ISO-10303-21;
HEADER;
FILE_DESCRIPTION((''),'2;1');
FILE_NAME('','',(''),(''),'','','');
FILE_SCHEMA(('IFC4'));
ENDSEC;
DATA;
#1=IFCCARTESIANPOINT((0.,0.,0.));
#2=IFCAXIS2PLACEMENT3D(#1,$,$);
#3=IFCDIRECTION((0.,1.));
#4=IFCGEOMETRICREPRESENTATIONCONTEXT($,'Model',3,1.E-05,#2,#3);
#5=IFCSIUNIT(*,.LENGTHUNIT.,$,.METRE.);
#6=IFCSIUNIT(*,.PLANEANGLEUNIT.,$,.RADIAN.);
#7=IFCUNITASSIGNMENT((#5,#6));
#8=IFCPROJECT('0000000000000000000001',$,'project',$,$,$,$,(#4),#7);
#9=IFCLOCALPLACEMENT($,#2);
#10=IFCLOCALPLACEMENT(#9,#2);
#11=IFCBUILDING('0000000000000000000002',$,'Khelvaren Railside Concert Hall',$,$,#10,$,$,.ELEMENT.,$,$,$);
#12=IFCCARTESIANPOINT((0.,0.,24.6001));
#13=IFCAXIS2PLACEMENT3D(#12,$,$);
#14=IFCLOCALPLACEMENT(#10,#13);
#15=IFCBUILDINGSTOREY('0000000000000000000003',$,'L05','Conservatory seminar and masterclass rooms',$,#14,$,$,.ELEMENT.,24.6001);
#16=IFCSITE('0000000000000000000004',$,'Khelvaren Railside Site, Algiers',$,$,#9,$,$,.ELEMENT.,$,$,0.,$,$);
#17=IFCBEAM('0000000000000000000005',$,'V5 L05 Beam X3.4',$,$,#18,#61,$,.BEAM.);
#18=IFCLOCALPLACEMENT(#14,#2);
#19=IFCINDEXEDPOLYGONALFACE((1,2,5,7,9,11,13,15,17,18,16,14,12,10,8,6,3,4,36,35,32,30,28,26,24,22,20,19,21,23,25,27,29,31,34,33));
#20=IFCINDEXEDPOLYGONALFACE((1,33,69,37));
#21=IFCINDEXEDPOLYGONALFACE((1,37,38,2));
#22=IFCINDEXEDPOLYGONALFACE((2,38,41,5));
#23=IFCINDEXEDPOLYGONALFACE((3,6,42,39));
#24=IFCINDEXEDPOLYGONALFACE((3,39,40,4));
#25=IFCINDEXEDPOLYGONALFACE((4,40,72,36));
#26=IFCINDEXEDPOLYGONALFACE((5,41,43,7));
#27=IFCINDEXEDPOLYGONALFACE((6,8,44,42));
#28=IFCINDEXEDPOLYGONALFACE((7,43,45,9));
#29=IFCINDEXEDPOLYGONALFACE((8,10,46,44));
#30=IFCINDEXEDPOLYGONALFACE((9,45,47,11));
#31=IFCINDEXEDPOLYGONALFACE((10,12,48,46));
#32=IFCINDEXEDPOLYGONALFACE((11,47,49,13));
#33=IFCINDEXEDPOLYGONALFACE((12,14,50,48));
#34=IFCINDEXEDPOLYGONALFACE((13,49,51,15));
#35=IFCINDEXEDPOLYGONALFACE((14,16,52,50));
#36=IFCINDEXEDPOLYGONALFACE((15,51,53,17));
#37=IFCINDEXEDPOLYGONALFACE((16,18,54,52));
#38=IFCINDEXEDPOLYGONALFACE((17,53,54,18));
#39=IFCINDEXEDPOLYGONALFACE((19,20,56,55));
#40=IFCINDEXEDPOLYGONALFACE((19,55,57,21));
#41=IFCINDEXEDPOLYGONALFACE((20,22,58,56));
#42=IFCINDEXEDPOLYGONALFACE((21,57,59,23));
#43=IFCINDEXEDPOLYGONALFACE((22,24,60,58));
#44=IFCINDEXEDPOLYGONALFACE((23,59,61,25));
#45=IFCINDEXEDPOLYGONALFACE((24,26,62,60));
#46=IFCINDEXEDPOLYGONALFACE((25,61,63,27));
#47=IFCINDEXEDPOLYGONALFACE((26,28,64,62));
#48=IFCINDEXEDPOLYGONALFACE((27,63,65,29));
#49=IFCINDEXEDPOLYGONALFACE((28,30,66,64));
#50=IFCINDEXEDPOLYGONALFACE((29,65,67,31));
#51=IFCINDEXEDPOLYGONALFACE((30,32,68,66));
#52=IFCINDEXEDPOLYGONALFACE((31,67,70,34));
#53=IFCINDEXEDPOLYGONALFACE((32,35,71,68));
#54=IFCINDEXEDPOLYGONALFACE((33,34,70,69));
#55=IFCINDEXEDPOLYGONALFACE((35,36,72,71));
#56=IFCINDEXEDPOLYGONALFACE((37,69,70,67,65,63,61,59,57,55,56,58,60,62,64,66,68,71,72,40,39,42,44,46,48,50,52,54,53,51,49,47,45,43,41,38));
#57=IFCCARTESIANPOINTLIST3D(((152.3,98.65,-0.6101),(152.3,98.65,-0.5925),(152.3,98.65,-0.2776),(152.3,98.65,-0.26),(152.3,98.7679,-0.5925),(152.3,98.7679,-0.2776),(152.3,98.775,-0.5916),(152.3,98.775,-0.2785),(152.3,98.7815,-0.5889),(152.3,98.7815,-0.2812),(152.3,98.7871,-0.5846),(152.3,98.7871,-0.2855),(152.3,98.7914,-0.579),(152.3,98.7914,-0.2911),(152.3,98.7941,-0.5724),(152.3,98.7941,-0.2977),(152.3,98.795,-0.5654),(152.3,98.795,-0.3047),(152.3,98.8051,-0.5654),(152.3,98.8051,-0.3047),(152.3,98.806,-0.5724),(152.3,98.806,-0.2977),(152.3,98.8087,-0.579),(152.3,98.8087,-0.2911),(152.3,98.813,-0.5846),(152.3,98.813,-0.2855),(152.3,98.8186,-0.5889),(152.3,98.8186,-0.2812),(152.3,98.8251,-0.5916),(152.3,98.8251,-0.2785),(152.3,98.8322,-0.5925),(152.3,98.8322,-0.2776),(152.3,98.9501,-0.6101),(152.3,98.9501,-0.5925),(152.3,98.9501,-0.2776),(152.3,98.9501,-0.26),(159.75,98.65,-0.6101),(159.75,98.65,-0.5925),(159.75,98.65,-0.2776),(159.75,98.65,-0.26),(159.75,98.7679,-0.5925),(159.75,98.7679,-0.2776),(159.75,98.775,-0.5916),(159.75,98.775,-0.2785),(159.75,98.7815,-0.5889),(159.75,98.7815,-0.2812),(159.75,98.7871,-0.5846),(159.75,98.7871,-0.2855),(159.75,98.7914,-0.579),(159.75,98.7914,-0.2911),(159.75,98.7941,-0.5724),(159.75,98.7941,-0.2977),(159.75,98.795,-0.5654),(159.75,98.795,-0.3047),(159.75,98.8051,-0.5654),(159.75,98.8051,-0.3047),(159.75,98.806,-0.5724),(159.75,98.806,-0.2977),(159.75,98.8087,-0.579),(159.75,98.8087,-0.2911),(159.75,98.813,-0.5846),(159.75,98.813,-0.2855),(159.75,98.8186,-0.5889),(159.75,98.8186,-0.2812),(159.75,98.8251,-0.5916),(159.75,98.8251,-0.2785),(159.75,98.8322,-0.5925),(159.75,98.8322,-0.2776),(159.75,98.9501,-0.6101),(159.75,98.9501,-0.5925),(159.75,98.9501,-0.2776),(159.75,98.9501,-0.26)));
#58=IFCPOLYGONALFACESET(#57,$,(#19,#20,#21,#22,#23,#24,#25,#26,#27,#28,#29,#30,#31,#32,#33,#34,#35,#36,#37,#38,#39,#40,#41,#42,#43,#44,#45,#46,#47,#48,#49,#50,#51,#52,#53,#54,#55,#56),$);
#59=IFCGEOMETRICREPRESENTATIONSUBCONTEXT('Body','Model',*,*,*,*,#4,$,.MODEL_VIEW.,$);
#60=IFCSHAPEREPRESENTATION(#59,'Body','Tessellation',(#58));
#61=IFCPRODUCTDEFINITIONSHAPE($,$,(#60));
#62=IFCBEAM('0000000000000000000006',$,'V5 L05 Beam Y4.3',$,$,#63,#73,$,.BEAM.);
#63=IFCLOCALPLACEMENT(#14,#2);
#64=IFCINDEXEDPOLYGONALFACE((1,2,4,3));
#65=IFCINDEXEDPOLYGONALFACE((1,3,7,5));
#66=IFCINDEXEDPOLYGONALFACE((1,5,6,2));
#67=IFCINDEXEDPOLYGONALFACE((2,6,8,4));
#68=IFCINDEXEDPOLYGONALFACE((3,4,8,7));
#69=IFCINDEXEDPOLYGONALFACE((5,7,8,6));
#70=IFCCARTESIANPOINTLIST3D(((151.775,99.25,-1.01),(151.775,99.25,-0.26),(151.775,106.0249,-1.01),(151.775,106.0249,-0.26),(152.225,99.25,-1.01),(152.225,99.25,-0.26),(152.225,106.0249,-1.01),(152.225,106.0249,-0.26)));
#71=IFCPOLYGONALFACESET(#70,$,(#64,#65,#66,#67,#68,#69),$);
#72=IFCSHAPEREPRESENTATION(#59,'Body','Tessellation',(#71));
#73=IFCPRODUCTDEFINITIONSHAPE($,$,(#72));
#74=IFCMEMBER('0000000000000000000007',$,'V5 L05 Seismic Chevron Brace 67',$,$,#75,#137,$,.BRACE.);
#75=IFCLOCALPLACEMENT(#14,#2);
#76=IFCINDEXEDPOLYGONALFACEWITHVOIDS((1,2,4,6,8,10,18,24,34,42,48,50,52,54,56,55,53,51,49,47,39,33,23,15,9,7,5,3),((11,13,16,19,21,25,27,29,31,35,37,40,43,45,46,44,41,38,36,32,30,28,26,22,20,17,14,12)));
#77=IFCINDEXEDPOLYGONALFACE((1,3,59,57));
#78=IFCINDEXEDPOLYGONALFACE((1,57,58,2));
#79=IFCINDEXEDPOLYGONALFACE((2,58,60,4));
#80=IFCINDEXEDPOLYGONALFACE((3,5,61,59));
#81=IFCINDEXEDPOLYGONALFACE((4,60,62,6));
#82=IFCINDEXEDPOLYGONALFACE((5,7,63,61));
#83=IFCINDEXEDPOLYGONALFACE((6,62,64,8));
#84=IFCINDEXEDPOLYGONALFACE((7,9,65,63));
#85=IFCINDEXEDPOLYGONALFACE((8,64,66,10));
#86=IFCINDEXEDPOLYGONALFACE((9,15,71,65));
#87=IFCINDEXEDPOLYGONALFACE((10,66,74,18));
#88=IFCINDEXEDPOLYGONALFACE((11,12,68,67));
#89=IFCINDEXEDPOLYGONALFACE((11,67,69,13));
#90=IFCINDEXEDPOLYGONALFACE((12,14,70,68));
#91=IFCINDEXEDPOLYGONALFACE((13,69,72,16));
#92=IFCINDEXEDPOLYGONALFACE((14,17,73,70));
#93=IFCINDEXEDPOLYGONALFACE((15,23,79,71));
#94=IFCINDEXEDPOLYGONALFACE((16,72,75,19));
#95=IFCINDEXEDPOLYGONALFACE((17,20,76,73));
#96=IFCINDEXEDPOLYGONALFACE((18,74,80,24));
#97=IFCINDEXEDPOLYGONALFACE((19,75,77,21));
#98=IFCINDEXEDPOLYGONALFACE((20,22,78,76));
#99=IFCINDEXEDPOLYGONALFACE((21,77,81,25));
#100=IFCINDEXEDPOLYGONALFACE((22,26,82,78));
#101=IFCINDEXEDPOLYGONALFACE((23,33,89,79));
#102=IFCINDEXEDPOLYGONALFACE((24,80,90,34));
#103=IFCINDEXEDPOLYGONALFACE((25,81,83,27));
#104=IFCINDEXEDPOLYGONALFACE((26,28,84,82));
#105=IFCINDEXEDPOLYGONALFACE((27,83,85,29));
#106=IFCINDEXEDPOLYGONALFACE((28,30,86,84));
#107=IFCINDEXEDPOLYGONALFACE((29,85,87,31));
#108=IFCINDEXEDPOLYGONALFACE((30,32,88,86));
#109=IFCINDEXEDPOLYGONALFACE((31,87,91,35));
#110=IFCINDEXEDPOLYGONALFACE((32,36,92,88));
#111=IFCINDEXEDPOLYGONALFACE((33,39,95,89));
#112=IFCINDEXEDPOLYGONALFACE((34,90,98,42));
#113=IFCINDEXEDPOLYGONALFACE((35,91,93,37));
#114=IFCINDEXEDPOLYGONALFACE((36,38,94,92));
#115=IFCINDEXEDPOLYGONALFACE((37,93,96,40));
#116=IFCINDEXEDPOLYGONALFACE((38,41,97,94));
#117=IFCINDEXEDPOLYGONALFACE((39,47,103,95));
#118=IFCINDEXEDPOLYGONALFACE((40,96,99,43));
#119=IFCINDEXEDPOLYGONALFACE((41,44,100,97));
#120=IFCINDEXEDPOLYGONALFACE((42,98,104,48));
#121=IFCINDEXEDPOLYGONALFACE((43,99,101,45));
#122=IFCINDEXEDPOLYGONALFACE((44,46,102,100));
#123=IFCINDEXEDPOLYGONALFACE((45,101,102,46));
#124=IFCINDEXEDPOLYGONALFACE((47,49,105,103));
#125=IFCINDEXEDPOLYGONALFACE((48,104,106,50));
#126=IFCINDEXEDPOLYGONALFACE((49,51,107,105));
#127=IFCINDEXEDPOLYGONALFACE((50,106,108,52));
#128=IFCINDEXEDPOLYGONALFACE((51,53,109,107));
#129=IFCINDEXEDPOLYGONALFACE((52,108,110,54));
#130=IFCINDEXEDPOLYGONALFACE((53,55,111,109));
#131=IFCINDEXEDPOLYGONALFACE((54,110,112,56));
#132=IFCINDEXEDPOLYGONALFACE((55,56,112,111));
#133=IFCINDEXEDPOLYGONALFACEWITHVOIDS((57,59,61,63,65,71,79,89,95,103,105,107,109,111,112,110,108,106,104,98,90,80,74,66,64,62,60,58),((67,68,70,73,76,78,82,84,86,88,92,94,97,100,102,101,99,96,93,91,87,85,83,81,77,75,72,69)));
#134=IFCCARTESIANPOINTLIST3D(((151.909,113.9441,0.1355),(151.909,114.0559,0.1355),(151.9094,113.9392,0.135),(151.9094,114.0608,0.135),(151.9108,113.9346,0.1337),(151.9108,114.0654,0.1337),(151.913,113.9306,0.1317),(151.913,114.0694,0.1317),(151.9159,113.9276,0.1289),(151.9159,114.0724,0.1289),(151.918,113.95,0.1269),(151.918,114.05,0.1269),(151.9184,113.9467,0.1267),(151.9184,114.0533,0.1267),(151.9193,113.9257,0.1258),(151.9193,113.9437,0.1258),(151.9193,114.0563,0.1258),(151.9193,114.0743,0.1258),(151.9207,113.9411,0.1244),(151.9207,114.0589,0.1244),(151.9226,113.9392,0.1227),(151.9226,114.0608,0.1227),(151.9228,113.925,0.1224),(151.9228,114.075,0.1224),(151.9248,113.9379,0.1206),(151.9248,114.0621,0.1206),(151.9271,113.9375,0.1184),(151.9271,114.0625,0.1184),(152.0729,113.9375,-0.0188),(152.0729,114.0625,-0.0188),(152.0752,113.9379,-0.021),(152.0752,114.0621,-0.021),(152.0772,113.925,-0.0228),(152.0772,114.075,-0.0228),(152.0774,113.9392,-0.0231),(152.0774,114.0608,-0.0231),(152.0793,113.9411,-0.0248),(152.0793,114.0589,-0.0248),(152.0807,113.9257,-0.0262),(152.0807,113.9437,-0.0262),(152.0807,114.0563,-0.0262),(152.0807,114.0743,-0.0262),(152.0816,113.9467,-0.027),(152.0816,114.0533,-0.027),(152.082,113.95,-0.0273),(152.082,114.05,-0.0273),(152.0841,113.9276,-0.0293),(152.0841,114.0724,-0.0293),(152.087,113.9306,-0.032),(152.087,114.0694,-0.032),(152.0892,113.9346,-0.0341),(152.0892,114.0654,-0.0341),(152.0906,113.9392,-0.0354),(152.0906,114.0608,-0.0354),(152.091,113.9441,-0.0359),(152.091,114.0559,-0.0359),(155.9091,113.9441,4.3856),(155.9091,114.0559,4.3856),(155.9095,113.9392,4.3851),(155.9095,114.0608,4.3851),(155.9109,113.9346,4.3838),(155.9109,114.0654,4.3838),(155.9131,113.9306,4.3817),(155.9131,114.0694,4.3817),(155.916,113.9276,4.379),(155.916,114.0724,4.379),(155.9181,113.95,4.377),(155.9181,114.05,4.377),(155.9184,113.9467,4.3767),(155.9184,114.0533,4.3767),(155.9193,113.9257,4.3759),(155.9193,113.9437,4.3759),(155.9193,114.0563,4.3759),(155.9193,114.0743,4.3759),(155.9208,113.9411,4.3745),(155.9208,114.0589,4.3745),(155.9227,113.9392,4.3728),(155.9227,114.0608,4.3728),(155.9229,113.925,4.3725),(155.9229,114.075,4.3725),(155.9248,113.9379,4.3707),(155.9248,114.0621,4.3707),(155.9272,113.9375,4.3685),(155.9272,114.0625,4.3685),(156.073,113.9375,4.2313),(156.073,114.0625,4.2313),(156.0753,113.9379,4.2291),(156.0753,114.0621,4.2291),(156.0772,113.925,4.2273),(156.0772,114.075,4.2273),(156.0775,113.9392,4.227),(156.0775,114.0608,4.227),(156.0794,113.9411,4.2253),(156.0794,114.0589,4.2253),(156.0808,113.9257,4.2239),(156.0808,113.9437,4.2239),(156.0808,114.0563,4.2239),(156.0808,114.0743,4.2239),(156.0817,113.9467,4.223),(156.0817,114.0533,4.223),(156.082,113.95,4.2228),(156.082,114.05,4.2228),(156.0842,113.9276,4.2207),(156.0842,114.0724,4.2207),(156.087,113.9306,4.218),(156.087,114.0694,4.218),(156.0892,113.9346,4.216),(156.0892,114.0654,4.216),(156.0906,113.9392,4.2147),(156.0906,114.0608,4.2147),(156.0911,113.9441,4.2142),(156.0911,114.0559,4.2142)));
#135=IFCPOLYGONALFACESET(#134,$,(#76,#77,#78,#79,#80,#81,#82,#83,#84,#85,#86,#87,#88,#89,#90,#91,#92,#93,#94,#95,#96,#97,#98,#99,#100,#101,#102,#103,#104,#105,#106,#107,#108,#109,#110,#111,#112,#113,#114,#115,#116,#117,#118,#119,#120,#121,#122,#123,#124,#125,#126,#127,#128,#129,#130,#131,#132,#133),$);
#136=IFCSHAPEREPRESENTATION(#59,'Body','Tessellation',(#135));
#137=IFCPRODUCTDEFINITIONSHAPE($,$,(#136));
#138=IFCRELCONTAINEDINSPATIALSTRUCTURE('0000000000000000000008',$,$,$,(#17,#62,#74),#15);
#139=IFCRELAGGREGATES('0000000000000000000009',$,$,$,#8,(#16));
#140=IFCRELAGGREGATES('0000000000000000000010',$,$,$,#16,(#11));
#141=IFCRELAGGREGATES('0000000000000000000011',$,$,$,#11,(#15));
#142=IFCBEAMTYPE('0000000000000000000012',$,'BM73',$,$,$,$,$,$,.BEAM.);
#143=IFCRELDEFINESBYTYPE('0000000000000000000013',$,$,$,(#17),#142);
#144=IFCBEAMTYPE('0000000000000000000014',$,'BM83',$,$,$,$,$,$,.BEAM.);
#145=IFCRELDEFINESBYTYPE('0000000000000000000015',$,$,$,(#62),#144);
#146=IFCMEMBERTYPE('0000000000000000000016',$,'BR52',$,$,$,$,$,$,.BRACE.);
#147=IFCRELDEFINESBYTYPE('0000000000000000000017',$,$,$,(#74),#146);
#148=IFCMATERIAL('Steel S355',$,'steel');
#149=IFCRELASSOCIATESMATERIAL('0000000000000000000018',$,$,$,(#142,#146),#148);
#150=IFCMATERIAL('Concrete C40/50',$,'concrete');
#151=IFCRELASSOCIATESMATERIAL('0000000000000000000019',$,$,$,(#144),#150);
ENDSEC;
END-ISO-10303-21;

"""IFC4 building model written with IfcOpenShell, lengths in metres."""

from ifc_helpers import new_model, si_unit, direction, frame, origin, origin_2d, place, context, subcontext, project, spatial, rectangle, hollow_rectangle, i_section, extrude, material, material_profile, profile_set, type_object, element, save


model = new_model("IFC4")

# Units and contexts
model_context = context("Model", 3, precision=1e-05, world=origin(), true_north=direction((0.0, 1.0)))
body_context = subcontext(model_context, "Body", "Model", "MODEL_VIEW")
ifc_project = project(units=[si_unit("LENGTHUNIT", "METRE"), si_unit("PLANEANGLEUNIT", "RADIAN")], contexts=[model_context])

# Site, building, storey
site_placement = place(None, origin())
site = spatial("IfcSite", under=ifc_project, at=site_placement, Name="Khelvaren Railside Site, Algiers", CompositionType="ELEMENT", RefElevation=0.0)
building_placement = place(site_placement, origin())
building = spatial("IfcBuilding", under=site, at=building_placement, Name="Khelvaren Railside Concert Hall", CompositionType="ELEMENT")
storey_placement = place(building_placement, frame((0.0, 0.0, 24.6001)))
storey = spatial("IfcBuildingStorey", under=building, at=storey_placement, Name="L05", Description="Conservatory seminar and masterclass rooms", CompositionType="ELEMENT", Elevation=24.6001)

# Beams
ifc_material_1 = material(Name="Steel S355", Category="steel")
ifc_material_2 = material(Name="Concrete C40/50", Category="concrete")
ifc_material_profile_1 = material_profile(ifc_material_1, i_section(OverallWidth=0.3, OverallDepth=0.3501, WebThickness=0.01, FlangeThickness=0.0176, FilletRadius=0.0271, at=origin_2d()), Name="HEA 360")
ifc_profile_set_1 = profile_set([ifc_material_profile_1], Name="Steel S355")
beam_type_1 = type_object("IfcBeamType", Name="BM73", PredefinedType="BEAM", material=ifc_profile_set_1)
beam_1_placement = place(storey_placement, frame((152.3, 98.8, -0.4351), z_axis=(1.0, 0.0, 0.0), x_axis=(0.0, 1.0, 0.0)))
element("IfcBeam", 1, at=beam_1_placement, inside=storey, type_object=beam_type_1, Name="V5 L05 Beam X3.4", PredefinedType="BEAM", context=body_context, shape_type="SweptSolid", body=[
    extrude(i_section(OverallWidth=0.3, OverallDepth=0.3501, WebThickness=0.01, FlangeThickness=0.0176, FilletRadius=0.0271, at=origin_2d()), origin(), (0.0, 0.0, 1.0), 7.45),
])
ifc_material_profile_2 = material_profile(ifc_material_2, rectangle(XDim=0.45, YDim=0.75, at=origin_2d()), Name="RCB 450x750")
ifc_profile_set_2 = profile_set([ifc_material_profile_2], Name="Concrete C40/50")
beam_type_2 = type_object("IfcBeamType", Name="BM83", PredefinedType="BEAM", material=ifc_profile_set_2)
beam_2_placement = place(storey_placement, frame((152.0, 99.25, -0.635), z_axis=(0.0, 1.0, 0.0), x_axis=(-1.0, 0.0, 0.0)))
element("IfcBeam", 2, at=beam_2_placement, inside=storey, type_object=beam_type_2, Name="V5 L05 Beam Y4.3", PredefinedType="BEAM", context=body_context, shape_type="SweptSolid", body=[
    extrude(rectangle(XDim=0.45, YDim=0.75, at=origin_2d()), origin(), (0.0, 0.0, 1.0), 6.7749),
])

# Member
ifc_material_profile_3 = material_profile(ifc_material_1, hollow_rectangle(XDim=0.1499, YDim=0.25, WallThickness=0.0125, InnerFilletRadius=0.0125, OuterFilletRadius=0.019, at=origin_2d()), Name="RHS 250x150x12.5")
ifc_profile_set_3 = profile_set([ifc_material_profile_3], Name="Steel S355")
member_type_1 = type_object("IfcMemberType", Name="BR52", PredefinedType="BRACE", material=ifc_profile_set_3)
member_1_placement = place(storey_placement, frame((152.0, 114.0, 0.0498), z_axis=(0.685365, 0.0, 0.7282), x_axis=(0.0, 1.0, 0.0)))
element("IfcMember", 3, at=member_1_placement, inside=storey, type_object=member_type_1, Name="V5 L05 Seismic Chevron Brace 67", PredefinedType="BRACE", context=body_context, shape_type="SweptSolid", body=[
    extrude(hollow_rectangle(XDim=0.1499, YDim=0.25, WallThickness=0.0125, InnerFilletRadius=0.0125, OuterFilletRadius=0.019, at=origin_2d()), origin(), (0.0, 0.0, 1.0), 5.8364),
])

save(model, "model.ifc")
